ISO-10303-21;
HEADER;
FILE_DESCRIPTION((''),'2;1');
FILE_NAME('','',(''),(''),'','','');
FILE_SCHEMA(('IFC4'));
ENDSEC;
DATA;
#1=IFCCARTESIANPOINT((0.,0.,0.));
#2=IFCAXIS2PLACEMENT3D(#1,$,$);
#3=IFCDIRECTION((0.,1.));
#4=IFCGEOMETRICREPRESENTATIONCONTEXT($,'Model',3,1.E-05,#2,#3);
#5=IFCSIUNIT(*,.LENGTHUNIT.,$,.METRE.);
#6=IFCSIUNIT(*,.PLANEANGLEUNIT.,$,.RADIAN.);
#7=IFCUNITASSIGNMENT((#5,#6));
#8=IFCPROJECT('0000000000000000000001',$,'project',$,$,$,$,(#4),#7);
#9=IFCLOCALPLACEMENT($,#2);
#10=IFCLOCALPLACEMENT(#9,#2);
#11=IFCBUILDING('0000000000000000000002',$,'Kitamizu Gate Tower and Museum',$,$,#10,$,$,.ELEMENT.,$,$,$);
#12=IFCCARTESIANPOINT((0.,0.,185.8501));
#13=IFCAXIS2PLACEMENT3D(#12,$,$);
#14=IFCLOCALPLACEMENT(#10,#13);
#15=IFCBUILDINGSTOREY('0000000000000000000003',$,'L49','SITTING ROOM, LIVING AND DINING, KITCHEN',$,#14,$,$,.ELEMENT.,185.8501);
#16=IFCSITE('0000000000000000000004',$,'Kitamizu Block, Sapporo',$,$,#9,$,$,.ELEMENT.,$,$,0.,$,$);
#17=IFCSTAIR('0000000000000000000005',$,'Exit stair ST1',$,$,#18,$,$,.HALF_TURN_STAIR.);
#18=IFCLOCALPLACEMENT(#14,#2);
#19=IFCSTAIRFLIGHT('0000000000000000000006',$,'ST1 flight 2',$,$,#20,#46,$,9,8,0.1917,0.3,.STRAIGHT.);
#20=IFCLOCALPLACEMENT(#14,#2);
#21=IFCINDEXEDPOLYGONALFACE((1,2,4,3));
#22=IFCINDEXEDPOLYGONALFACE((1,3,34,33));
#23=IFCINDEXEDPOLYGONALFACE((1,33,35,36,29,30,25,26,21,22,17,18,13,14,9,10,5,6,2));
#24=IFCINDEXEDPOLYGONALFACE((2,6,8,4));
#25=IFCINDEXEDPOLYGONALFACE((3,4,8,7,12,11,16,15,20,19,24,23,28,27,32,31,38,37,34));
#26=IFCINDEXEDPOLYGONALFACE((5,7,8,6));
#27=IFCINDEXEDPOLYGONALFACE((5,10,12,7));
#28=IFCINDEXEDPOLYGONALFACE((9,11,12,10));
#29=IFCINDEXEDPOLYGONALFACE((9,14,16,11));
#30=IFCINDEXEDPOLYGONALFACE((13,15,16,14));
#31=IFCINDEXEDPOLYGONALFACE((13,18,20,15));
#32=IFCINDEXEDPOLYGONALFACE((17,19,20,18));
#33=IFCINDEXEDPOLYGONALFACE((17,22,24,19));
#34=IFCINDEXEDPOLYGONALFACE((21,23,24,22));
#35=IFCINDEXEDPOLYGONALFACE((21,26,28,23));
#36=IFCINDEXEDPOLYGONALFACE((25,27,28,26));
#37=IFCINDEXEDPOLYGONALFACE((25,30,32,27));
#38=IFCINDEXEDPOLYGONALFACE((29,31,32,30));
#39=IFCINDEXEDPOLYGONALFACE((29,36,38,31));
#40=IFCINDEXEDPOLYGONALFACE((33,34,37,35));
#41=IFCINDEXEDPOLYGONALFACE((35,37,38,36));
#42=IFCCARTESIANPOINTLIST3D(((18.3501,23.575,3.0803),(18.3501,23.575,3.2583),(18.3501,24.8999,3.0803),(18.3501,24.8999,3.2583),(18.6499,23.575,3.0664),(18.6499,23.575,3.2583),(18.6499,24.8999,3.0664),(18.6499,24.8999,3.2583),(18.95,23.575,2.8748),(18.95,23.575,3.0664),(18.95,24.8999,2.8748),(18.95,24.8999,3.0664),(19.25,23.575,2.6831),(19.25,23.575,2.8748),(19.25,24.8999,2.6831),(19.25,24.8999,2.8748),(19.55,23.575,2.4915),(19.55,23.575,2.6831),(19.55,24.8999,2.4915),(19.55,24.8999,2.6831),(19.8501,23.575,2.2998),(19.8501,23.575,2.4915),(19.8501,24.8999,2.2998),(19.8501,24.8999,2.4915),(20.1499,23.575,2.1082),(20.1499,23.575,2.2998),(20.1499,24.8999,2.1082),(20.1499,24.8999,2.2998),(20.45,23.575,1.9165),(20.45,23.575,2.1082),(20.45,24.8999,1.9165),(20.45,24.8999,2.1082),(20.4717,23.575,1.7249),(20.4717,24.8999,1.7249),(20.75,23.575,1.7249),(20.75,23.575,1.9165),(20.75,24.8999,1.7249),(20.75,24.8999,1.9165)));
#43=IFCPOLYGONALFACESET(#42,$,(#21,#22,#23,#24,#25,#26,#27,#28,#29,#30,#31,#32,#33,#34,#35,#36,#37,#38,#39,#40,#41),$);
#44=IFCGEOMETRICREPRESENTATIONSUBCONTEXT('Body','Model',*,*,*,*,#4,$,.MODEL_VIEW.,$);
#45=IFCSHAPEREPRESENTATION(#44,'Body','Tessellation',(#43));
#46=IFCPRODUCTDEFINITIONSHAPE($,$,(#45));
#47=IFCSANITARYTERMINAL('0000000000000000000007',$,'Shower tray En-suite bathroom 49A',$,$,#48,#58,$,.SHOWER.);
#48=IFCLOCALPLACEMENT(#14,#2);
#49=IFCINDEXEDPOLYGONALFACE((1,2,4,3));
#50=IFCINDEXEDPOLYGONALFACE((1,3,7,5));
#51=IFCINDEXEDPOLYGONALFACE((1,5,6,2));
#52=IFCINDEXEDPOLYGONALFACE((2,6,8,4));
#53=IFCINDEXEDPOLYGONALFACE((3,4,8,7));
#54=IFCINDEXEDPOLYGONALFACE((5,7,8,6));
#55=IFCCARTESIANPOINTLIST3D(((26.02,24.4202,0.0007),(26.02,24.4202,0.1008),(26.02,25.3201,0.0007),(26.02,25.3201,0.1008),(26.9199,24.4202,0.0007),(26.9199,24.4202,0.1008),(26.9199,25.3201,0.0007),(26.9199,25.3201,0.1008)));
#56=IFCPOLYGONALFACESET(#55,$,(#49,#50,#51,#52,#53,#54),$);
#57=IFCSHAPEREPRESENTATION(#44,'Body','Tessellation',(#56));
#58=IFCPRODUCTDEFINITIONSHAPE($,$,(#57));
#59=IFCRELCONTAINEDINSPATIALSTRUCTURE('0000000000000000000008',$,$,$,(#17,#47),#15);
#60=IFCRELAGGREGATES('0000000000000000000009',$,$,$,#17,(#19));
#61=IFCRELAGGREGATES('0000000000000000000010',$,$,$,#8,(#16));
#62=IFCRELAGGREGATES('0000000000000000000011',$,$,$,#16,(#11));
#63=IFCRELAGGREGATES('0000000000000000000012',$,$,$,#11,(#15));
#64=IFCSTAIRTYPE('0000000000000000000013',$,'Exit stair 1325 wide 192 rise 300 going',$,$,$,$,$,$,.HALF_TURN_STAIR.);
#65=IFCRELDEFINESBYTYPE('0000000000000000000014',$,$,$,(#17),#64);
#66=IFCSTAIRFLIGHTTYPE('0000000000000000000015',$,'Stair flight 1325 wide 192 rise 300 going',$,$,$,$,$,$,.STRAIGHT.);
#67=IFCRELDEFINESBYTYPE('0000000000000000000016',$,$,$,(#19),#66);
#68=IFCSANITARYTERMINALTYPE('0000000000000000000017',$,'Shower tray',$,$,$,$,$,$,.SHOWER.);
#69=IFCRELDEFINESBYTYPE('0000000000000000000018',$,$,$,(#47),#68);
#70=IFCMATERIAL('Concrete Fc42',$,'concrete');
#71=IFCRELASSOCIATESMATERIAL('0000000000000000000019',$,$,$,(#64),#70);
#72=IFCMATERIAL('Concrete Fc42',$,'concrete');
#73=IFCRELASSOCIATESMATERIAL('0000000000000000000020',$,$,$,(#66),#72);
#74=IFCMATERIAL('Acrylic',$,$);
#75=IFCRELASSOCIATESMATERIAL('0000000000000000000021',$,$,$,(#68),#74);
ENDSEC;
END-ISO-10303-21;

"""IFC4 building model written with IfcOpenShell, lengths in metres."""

from ifc_helpers import new_model, si_unit, direction, frame, origin, origin_2d, place, context, subcontext, project, spatial, polyline, rectangle, outline, extrude, material, type_object, element, aggregate, save


model = new_model("IFC4")

# Units and contexts
model_context = context("Model", 3, precision=1e-05, world=origin(), true_north=direction((0.0, 1.0)))
body_context = subcontext(model_context, "Body", "Model", "MODEL_VIEW")
ifc_project = project(units=[si_unit("LENGTHUNIT", "METRE"), si_unit("PLANEANGLEUNIT", "RADIAN")], contexts=[model_context])

# Site, building, storey
site_placement = place(None, origin())
site = spatial("IfcSite", under=ifc_project, at=site_placement, Name="Kitamizu Block, Sapporo", CompositionType="ELEMENT", RefElevation=0.0)
building_placement = place(site_placement, origin())
building = spatial("IfcBuilding", under=site, at=building_placement, Name="Kitamizu Gate Tower and Museum", CompositionType="ELEMENT")
storey_placement = place(building_placement, frame((0.0, 0.0, 185.8501)))
storey = spatial("IfcBuildingStorey", under=building, at=storey_placement, Name="L49", Description="SITTING ROOM, LIVING AND DINING, KITCHEN", CompositionType="ELEMENT", Elevation=185.8501)

# Stair, stair flight
ifc_material_1 = material(Name="Concrete Fc42", Category="concrete")
stair_type = type_object("IfcStairType", Name="Exit stair 1325 wide 192 rise 300 going", PredefinedType="HALF_TURN_STAIR", material=ifc_material_1)
stair_placement = place(storey_placement, origin())
stair = element("IfcStair", 1, at=stair_placement, inside=storey, type_object=stair_type, Name="Exit stair ST1", PredefinedType="HALF_TURN_STAIR")
ifc_material_2 = material(Name="Concrete Fc42", Category="concrete")
stair_flight_type = type_object("IfcStairFlightType", Name="Stair flight 1325 wide 192 rise 300 going", PredefinedType="STRAIGHT", material=ifc_material_2)
stair_flight_1_placement = place(storey_placement, frame((20.75, 24.2375, 1.7249), z_axis=(0.0, 0.0, 1.0), x_axis=(-1.0, 0.0, 0.0)))
stair_flight_1 = element("IfcStairFlight", 2, at=stair_flight_1_placement, type_object=stair_flight_type, Name="ST1 flight 2", NumberOfRisers=9, NumberOfTreads=8, PredefinedType="STRAIGHT", RiserHeight=0.1917, TreadLength=0.3, context=body_context, shape_type="SweptSolid", body=[
    extrude(outline(polyline([(0.0, 0.0), (0.0, 0.1917), (0.3, 0.1917), (0.3, 0.3833), (0.6001, 0.3833), (0.6001, 0.575), (0.8999, 0.575), (0.8999, 0.7666), (1.2, 0.7666), (1.2, 0.9583), (1.5, 0.9583), (1.5, 1.1499), (1.8, 1.1499), (1.8, 1.3416), (2.1001, 1.3416), (2.1001, 1.5334), (2.3999, 1.5334), (2.3999, 1.7251), (2.3999, 1.3555), (0.2783, 0.0), (0.0, 0.0)])), frame((0.0, 0.6626, 0.0), z_axis=(0.0, -1.0, 0.0), x_axis=(1.0, 0.0, 0.0)), (0.0, 0.0, 1.0), 1.325),
])
aggregate(stair, [stair_flight_1])

# Sanitary terminal
ifc_material_3 = material(Name="Acrylic")
sanitary_terminal_type = type_object("IfcSanitaryTerminalType", Name="Shower tray", PredefinedType="SHOWER", material=ifc_material_3)
sanitary_terminal_placement = place(storey_placement, frame((26.47, 24.8701, 0.0007), z_axis=(0.0, 0.0, 1.0), x_axis=(1.0, 0.0, 0.0)))
element("IfcSanitaryTerminal", 3, at=sanitary_terminal_placement, inside=storey, type_object=sanitary_terminal_type, Name="Shower tray En-suite bathroom 49A", PredefinedType="SHOWER", context=body_context, shape_type="SweptSolid", body=[
    extrude(rectangle(XDim=0.8999, YDim=0.8999, at=origin_2d()), origin(), (0.0, 0.0, 1.0), 0.1001),
])

save(model, "model.ifc")
